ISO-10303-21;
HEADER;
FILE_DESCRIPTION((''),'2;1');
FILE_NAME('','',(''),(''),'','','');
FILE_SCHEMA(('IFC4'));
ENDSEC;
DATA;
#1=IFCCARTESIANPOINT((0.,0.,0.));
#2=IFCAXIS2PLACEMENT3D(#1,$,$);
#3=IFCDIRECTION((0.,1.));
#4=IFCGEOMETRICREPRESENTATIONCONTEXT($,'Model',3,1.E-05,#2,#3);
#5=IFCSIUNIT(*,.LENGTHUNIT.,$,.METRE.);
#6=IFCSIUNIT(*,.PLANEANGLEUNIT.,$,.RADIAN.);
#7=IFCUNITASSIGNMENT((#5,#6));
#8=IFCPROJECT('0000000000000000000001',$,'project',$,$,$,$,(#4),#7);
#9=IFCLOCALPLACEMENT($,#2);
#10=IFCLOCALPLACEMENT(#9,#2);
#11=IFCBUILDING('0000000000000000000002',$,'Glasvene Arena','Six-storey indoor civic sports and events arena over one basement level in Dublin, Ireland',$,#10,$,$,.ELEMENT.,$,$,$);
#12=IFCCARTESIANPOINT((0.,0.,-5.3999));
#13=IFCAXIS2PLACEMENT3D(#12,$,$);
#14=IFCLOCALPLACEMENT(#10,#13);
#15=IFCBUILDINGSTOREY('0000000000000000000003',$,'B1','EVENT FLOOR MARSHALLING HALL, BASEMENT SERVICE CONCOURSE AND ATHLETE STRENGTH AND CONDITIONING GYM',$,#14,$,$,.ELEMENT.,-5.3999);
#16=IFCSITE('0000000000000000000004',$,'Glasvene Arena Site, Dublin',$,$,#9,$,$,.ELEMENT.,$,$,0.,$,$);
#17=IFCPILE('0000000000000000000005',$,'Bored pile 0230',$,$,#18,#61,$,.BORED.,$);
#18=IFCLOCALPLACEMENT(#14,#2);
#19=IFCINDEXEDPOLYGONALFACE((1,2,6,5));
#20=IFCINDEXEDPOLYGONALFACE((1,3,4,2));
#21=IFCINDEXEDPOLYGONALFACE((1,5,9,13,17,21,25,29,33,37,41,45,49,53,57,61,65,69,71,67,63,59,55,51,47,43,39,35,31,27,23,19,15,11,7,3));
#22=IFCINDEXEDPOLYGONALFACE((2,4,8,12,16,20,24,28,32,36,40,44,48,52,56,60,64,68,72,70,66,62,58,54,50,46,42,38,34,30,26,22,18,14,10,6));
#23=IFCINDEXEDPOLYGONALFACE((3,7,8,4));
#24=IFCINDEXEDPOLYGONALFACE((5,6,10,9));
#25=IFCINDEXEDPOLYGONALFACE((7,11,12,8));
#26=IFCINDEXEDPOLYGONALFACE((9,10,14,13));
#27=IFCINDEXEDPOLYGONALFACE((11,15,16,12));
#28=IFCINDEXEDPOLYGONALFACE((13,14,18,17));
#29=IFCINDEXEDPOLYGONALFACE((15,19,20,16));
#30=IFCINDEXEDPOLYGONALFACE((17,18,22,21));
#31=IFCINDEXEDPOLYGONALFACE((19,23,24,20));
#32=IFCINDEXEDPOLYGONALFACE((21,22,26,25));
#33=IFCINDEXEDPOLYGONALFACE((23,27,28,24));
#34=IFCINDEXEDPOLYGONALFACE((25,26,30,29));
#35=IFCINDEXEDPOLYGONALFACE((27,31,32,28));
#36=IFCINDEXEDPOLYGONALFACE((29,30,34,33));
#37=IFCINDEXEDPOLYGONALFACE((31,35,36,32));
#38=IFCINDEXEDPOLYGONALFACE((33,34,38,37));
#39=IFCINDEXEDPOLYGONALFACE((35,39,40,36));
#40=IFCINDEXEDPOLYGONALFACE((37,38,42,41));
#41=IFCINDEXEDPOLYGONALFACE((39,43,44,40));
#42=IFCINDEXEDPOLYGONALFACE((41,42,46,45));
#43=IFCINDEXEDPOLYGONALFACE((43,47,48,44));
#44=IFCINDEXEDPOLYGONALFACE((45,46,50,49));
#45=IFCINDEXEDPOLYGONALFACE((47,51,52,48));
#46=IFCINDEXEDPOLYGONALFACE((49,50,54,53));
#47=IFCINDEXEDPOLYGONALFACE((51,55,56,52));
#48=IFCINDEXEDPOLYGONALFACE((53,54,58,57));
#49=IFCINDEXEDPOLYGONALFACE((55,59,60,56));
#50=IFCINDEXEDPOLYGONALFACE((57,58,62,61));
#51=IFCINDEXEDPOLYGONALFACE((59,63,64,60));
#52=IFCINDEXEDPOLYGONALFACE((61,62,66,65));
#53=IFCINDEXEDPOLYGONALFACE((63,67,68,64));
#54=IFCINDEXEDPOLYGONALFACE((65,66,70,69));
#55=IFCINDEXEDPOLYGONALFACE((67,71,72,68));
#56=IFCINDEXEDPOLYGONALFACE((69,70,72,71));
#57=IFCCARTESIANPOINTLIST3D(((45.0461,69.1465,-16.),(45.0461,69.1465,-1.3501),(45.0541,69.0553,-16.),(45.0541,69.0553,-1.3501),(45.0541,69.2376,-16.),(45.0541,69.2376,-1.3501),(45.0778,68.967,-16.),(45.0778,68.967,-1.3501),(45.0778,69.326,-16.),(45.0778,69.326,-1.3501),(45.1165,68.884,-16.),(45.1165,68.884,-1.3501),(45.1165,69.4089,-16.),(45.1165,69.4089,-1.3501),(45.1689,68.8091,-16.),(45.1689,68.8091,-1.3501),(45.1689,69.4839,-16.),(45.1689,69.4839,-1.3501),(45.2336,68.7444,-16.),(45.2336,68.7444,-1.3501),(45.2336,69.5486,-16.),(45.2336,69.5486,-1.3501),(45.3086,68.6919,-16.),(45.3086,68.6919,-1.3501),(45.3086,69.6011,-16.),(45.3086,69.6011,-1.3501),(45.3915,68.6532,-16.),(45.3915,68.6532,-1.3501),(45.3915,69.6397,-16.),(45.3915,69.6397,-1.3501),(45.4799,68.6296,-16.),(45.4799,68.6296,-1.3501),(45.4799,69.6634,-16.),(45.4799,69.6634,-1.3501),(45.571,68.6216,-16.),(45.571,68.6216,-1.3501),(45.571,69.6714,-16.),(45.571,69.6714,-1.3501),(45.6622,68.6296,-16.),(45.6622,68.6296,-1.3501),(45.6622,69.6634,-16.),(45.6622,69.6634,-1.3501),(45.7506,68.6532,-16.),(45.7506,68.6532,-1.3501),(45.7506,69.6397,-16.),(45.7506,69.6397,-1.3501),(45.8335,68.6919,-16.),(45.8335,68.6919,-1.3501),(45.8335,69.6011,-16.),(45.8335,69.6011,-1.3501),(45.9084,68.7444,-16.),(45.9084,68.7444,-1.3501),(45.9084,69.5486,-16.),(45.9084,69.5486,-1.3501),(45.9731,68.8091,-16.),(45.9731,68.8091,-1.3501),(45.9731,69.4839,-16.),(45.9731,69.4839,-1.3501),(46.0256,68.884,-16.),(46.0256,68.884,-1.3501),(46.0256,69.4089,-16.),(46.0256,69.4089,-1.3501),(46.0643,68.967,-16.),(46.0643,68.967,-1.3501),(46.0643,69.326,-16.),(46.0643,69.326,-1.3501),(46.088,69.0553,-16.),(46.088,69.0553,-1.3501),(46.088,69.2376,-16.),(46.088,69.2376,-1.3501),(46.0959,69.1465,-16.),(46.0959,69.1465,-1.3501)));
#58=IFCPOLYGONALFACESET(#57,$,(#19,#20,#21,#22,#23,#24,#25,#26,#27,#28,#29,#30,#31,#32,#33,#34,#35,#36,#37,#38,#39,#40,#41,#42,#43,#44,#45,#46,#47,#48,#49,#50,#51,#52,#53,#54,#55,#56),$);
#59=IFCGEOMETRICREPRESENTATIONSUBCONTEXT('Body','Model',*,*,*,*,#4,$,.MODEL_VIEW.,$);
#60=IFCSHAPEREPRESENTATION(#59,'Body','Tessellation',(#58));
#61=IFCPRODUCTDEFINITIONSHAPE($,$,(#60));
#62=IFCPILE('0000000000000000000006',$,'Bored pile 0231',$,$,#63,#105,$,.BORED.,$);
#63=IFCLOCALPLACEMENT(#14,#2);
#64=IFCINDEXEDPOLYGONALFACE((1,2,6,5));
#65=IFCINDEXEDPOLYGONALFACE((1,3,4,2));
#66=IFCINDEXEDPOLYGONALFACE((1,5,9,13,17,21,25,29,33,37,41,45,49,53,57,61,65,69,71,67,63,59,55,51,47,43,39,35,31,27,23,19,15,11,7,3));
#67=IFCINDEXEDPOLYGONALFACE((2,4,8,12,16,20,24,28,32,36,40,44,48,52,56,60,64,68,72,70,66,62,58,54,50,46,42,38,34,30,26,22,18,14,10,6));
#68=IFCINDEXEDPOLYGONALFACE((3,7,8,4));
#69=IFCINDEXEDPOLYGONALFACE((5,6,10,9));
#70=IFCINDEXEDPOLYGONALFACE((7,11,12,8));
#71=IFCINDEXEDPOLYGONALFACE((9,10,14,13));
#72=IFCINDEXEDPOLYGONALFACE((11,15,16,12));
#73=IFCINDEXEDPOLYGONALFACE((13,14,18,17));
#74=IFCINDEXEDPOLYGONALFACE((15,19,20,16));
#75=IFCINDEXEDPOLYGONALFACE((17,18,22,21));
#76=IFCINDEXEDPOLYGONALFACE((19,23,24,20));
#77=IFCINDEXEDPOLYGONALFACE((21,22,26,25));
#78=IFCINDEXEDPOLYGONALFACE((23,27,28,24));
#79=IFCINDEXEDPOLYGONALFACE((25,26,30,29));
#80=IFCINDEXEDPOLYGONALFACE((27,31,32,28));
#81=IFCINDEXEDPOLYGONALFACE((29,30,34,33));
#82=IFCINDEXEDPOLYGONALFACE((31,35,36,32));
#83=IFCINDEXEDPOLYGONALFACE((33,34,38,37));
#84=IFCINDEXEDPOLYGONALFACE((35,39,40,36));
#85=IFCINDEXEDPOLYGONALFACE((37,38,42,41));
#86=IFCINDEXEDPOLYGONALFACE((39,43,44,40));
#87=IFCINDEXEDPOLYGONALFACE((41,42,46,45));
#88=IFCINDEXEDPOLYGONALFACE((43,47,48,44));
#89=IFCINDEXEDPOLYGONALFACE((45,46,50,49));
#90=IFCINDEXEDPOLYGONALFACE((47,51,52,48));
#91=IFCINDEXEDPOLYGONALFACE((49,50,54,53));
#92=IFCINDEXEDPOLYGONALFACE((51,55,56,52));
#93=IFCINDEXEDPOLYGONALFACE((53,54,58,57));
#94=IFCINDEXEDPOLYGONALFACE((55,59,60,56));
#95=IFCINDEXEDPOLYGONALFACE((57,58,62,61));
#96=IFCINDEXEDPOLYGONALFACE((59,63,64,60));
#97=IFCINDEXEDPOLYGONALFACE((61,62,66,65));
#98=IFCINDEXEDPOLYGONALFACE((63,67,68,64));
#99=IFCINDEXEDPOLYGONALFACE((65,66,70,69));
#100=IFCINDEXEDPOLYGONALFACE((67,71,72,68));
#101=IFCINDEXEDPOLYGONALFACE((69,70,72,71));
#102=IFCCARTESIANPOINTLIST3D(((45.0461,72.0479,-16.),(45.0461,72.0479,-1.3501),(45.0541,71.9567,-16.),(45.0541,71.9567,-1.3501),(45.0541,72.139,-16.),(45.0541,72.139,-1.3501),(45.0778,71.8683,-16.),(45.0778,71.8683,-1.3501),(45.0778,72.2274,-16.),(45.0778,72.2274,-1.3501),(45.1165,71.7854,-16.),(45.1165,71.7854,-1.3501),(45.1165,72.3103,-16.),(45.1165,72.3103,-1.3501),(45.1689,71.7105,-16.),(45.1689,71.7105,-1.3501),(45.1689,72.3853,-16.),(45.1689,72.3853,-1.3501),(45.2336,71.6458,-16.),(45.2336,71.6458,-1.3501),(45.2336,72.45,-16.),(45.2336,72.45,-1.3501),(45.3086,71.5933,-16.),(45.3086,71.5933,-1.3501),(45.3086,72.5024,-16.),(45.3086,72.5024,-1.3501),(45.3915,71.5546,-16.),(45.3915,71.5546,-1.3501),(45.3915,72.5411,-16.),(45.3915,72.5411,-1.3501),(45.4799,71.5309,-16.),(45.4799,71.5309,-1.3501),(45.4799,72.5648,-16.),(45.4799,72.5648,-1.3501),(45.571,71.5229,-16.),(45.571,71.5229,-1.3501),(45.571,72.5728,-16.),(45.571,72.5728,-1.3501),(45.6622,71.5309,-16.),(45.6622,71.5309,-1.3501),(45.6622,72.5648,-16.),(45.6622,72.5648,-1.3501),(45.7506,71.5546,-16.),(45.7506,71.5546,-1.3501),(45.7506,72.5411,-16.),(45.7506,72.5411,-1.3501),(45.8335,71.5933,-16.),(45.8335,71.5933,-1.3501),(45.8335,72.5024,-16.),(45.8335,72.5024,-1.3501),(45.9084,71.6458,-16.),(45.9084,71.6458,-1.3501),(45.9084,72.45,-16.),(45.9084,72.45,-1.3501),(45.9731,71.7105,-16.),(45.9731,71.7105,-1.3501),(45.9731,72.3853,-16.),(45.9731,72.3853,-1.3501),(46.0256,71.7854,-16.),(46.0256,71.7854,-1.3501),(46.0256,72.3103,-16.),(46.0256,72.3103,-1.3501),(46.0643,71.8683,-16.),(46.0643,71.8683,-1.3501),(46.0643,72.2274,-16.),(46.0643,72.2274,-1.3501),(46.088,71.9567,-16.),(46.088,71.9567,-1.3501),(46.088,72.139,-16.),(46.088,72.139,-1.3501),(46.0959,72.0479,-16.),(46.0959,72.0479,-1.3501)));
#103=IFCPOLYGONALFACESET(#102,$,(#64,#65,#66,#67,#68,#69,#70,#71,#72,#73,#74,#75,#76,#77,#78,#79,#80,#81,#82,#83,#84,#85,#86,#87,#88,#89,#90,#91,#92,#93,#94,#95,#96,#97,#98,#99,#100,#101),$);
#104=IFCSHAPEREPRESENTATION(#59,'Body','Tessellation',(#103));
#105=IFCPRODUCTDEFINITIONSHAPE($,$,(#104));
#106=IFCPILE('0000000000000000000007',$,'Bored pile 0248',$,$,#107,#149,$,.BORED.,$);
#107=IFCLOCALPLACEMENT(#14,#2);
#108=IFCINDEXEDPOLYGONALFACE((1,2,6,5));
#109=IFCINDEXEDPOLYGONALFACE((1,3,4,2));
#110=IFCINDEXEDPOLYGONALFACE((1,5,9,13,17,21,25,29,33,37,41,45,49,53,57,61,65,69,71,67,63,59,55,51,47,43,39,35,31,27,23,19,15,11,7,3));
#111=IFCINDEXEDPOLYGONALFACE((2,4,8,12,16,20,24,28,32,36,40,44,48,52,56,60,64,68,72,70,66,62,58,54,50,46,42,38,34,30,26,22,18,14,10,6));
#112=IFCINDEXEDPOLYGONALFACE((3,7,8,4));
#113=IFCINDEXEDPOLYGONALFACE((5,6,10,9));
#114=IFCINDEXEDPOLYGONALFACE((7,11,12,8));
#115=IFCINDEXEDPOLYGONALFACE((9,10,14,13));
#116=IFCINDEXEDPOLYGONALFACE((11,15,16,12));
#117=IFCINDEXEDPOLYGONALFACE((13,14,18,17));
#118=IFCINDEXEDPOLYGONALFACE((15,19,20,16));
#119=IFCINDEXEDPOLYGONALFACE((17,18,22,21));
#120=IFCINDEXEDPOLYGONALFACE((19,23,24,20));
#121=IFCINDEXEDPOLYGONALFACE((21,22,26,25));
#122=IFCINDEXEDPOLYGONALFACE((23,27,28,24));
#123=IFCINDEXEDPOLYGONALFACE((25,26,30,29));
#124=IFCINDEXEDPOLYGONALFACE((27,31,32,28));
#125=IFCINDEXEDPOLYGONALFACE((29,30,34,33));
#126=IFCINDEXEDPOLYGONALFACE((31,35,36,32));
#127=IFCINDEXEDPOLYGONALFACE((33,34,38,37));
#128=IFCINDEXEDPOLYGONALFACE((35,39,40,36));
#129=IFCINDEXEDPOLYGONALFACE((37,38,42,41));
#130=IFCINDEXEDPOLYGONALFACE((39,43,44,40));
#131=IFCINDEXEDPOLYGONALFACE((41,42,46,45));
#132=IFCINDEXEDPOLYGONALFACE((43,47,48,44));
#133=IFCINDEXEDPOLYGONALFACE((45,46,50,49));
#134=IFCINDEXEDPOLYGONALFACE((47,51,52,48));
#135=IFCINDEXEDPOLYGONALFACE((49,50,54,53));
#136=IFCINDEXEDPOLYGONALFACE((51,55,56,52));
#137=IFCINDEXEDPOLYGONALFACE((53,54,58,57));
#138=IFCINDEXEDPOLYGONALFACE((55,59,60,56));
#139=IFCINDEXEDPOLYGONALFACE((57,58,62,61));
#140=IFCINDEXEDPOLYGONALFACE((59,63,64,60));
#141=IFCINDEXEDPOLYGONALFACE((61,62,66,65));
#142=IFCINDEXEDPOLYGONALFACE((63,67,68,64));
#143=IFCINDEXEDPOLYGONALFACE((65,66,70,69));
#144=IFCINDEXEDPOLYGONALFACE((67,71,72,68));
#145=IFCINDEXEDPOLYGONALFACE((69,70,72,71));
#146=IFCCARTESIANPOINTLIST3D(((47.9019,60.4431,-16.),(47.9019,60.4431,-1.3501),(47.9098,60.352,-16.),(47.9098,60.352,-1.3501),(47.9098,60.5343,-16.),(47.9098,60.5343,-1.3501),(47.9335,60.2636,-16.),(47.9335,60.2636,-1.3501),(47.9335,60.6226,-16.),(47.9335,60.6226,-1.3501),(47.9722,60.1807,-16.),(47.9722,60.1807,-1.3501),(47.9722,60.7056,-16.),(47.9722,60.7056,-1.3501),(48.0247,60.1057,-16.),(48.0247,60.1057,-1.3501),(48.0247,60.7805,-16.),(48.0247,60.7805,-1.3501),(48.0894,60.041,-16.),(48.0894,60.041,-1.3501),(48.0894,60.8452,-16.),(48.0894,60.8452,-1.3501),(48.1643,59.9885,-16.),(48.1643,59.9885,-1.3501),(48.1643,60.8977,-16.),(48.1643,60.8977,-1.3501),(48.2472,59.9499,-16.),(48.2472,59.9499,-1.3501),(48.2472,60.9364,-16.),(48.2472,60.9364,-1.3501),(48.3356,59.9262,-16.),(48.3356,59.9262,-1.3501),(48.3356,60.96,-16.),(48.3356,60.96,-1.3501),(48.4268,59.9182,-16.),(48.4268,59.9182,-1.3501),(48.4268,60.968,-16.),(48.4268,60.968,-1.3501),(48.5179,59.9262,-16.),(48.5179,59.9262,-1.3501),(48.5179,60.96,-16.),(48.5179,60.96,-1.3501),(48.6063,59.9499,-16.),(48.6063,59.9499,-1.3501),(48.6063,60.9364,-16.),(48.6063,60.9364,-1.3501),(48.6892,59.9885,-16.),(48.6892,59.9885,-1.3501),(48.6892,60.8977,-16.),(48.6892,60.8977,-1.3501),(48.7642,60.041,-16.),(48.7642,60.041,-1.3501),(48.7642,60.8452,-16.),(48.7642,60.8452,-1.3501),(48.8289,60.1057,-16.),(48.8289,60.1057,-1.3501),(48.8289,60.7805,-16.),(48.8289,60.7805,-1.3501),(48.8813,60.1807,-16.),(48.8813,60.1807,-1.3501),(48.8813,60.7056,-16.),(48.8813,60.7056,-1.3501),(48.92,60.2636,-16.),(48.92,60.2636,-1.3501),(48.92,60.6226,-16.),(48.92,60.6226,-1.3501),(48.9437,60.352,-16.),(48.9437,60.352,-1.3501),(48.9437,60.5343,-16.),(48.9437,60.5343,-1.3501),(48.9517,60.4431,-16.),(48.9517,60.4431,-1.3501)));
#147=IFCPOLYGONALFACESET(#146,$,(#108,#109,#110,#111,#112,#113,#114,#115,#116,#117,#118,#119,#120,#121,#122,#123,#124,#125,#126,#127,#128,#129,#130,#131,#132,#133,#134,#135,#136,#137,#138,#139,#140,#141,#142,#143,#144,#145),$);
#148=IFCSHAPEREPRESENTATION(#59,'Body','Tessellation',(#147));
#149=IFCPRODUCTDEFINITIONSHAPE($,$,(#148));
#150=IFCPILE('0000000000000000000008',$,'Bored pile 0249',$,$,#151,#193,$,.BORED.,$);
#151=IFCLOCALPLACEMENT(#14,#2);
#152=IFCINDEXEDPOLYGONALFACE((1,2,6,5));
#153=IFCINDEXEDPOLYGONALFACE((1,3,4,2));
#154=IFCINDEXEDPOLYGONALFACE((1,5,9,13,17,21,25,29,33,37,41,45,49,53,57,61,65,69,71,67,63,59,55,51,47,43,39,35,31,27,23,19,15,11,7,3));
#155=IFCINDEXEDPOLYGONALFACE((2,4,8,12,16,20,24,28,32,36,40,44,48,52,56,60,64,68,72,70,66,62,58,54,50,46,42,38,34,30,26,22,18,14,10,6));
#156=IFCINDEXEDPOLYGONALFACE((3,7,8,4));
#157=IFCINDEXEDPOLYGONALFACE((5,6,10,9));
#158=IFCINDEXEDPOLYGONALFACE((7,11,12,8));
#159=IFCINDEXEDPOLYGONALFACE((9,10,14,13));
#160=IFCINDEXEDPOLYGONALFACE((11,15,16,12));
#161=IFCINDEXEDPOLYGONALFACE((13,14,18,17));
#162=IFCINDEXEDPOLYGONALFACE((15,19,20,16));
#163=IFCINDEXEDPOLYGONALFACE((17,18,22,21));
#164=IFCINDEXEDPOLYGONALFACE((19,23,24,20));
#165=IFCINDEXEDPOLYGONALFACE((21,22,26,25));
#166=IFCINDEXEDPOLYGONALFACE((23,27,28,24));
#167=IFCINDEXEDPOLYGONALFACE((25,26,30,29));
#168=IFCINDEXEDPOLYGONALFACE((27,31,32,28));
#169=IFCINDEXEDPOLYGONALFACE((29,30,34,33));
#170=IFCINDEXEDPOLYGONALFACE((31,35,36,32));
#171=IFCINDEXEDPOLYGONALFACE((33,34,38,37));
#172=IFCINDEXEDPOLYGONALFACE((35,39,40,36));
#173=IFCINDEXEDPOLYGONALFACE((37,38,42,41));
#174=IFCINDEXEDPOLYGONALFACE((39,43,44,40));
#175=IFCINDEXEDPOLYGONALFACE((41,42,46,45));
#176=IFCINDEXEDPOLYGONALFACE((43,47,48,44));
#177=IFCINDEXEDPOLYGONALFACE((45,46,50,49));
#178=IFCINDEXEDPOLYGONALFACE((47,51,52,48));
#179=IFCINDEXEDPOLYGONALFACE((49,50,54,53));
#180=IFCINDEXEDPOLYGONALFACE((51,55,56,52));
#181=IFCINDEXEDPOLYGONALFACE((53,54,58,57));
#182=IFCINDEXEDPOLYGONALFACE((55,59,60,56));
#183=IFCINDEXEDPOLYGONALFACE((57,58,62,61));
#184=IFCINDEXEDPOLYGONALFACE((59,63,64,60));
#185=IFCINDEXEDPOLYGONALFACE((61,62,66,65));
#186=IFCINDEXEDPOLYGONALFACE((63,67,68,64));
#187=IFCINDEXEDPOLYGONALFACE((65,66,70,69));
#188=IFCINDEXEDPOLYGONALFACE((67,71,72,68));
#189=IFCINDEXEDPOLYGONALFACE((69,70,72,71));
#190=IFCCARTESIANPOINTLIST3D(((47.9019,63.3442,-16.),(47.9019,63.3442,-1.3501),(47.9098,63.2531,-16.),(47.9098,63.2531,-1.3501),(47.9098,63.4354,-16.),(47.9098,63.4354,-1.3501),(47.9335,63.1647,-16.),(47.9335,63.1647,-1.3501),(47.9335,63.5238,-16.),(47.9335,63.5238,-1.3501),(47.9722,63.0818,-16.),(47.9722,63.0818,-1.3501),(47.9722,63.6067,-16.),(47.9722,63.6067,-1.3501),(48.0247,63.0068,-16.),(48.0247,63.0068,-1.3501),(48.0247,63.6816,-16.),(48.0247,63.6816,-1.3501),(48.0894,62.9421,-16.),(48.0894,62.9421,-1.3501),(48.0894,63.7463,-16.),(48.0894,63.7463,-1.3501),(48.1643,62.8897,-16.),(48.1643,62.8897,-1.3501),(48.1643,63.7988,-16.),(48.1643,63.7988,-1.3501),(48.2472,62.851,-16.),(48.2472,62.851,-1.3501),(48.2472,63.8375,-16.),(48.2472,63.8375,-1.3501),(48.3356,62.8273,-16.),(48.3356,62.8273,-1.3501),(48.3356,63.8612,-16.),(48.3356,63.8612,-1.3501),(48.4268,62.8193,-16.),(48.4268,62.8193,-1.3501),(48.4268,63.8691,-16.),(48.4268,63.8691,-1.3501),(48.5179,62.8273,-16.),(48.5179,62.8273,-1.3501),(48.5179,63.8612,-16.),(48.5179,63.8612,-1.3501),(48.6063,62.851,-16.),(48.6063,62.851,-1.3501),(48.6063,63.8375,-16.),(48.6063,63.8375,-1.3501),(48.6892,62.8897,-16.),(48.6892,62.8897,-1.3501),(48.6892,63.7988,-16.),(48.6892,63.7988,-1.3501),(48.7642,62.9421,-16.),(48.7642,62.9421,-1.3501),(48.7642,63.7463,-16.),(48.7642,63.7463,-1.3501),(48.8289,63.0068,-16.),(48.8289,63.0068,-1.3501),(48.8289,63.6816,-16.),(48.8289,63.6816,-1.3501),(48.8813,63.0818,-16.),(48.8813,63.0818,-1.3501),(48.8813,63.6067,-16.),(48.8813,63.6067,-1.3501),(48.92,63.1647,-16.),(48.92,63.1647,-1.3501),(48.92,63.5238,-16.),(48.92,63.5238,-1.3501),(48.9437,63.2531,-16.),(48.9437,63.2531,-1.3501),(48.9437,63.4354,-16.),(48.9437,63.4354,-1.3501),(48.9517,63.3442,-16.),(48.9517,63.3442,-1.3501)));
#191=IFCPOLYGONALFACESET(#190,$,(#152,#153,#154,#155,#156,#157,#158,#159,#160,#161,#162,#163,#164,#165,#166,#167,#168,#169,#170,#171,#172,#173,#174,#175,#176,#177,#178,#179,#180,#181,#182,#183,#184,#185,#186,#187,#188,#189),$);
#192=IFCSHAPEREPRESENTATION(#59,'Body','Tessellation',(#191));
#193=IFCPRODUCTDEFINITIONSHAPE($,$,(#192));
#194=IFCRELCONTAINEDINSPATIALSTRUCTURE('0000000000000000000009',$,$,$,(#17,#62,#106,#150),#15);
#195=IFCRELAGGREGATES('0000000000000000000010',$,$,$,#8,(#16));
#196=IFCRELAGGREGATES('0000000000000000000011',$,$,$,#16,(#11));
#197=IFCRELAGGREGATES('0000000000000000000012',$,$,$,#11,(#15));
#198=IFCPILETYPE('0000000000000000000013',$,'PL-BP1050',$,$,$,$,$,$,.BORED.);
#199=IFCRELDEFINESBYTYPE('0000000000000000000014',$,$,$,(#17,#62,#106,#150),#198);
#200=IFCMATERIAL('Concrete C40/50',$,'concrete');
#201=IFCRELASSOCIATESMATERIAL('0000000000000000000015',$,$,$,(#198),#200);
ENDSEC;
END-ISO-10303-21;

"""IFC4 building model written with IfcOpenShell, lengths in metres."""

from ifc_helpers import new_model, si_unit, direction, frame, origin, origin_2d, place, context, subcontext, project, spatial, circle, extrude, material, material_profile, profile_set, type_object, element, save


model = new_model("IFC4")

# Units and contexts
model_context = context("Model", 3, precision=1e-05, world=origin(), true_north=direction((0.0, 1.0)))
body_context = subcontext(model_context, "Body", "Model", "MODEL_VIEW")
ifc_project = project(units=[si_unit("LENGTHUNIT", "METRE"), si_unit("PLANEANGLEUNIT", "RADIAN")], contexts=[model_context])

# Site, building, storey
site_placement = place(None, origin())
site = spatial("IfcSite", under=ifc_project, at=site_placement, Name="Glasvene Arena Site, Dublin", CompositionType="ELEMENT", RefElevation=0.0)
building_placement = place(site_placement, origin())
building = spatial("IfcBuilding", under=site, at=building_placement, Name="Glasvene Arena", Description="Six-storey indoor civic sports and events arena over one basement level in Dublin, Ireland", CompositionType="ELEMENT")
storey_placement = place(building_placement, frame((0.0, 0.0, -5.3999)))
storey = spatial("IfcBuildingStorey", under=building, at=storey_placement, Name="B1", Description="EVENT FLOOR MARSHALLING HALL, BASEMENT SERVICE CONCOURSE AND ATHLETE STRENGTH AND CONDITIONING GYM", CompositionType="ELEMENT", Elevation=-5.3999)

# Piles
ifc_material_1 = material(Name="Concrete C40/50", Category="concrete")
ifc_material_profile_1 = material_profile(ifc_material_1, circle(Radius=0.5249, at=origin_2d()), Name="BORED PILE 1050")
ifc_profile_set_1 = profile_set([ifc_material_profile_1], Name="Concrete C40/50")
pile_type = type_object("IfcPileType", Name="PL-BP1050", PredefinedType="BORED", material=ifc_profile_set_1)
for number, where, z_axis, x_axis, name in (
    (1, (45.571, 69.1465, -1.3501), (0.0, 0.0, -1.0), (1.0, 0.0, 0.0), "Bored pile 0230"),
    (2, (45.571, 72.0479, -1.3501), (0.0, 0.0, -1.0), (1.0, 0.0, 0.0), "Bored pile 0231"),
    (3, (48.4268, 60.4431, -1.3501), (0.0, 0.0, -1.0), (1.0, 0.0, 0.0), "Bored pile 0248"),
    (4, (48.4268, 63.3442, -1.3501), (0.0, 0.0, -1.0), (1.0, 0.0, 0.0), "Bored pile 0249"),
):
    element("IfcPile", number, at=place(storey_placement, frame(where, z_axis=z_axis, x_axis=x_axis)), inside=storey, type_object=pile_type, Name=name, PredefinedType="BORED", context=body_context, shape_type="SweptSolid", body=[
        extrude(circle(Radius=0.5249, at=origin_2d()), origin(), (0.0, 0.0, 1.0), 14.6499),
    ])

save(model, "model.ifc")
